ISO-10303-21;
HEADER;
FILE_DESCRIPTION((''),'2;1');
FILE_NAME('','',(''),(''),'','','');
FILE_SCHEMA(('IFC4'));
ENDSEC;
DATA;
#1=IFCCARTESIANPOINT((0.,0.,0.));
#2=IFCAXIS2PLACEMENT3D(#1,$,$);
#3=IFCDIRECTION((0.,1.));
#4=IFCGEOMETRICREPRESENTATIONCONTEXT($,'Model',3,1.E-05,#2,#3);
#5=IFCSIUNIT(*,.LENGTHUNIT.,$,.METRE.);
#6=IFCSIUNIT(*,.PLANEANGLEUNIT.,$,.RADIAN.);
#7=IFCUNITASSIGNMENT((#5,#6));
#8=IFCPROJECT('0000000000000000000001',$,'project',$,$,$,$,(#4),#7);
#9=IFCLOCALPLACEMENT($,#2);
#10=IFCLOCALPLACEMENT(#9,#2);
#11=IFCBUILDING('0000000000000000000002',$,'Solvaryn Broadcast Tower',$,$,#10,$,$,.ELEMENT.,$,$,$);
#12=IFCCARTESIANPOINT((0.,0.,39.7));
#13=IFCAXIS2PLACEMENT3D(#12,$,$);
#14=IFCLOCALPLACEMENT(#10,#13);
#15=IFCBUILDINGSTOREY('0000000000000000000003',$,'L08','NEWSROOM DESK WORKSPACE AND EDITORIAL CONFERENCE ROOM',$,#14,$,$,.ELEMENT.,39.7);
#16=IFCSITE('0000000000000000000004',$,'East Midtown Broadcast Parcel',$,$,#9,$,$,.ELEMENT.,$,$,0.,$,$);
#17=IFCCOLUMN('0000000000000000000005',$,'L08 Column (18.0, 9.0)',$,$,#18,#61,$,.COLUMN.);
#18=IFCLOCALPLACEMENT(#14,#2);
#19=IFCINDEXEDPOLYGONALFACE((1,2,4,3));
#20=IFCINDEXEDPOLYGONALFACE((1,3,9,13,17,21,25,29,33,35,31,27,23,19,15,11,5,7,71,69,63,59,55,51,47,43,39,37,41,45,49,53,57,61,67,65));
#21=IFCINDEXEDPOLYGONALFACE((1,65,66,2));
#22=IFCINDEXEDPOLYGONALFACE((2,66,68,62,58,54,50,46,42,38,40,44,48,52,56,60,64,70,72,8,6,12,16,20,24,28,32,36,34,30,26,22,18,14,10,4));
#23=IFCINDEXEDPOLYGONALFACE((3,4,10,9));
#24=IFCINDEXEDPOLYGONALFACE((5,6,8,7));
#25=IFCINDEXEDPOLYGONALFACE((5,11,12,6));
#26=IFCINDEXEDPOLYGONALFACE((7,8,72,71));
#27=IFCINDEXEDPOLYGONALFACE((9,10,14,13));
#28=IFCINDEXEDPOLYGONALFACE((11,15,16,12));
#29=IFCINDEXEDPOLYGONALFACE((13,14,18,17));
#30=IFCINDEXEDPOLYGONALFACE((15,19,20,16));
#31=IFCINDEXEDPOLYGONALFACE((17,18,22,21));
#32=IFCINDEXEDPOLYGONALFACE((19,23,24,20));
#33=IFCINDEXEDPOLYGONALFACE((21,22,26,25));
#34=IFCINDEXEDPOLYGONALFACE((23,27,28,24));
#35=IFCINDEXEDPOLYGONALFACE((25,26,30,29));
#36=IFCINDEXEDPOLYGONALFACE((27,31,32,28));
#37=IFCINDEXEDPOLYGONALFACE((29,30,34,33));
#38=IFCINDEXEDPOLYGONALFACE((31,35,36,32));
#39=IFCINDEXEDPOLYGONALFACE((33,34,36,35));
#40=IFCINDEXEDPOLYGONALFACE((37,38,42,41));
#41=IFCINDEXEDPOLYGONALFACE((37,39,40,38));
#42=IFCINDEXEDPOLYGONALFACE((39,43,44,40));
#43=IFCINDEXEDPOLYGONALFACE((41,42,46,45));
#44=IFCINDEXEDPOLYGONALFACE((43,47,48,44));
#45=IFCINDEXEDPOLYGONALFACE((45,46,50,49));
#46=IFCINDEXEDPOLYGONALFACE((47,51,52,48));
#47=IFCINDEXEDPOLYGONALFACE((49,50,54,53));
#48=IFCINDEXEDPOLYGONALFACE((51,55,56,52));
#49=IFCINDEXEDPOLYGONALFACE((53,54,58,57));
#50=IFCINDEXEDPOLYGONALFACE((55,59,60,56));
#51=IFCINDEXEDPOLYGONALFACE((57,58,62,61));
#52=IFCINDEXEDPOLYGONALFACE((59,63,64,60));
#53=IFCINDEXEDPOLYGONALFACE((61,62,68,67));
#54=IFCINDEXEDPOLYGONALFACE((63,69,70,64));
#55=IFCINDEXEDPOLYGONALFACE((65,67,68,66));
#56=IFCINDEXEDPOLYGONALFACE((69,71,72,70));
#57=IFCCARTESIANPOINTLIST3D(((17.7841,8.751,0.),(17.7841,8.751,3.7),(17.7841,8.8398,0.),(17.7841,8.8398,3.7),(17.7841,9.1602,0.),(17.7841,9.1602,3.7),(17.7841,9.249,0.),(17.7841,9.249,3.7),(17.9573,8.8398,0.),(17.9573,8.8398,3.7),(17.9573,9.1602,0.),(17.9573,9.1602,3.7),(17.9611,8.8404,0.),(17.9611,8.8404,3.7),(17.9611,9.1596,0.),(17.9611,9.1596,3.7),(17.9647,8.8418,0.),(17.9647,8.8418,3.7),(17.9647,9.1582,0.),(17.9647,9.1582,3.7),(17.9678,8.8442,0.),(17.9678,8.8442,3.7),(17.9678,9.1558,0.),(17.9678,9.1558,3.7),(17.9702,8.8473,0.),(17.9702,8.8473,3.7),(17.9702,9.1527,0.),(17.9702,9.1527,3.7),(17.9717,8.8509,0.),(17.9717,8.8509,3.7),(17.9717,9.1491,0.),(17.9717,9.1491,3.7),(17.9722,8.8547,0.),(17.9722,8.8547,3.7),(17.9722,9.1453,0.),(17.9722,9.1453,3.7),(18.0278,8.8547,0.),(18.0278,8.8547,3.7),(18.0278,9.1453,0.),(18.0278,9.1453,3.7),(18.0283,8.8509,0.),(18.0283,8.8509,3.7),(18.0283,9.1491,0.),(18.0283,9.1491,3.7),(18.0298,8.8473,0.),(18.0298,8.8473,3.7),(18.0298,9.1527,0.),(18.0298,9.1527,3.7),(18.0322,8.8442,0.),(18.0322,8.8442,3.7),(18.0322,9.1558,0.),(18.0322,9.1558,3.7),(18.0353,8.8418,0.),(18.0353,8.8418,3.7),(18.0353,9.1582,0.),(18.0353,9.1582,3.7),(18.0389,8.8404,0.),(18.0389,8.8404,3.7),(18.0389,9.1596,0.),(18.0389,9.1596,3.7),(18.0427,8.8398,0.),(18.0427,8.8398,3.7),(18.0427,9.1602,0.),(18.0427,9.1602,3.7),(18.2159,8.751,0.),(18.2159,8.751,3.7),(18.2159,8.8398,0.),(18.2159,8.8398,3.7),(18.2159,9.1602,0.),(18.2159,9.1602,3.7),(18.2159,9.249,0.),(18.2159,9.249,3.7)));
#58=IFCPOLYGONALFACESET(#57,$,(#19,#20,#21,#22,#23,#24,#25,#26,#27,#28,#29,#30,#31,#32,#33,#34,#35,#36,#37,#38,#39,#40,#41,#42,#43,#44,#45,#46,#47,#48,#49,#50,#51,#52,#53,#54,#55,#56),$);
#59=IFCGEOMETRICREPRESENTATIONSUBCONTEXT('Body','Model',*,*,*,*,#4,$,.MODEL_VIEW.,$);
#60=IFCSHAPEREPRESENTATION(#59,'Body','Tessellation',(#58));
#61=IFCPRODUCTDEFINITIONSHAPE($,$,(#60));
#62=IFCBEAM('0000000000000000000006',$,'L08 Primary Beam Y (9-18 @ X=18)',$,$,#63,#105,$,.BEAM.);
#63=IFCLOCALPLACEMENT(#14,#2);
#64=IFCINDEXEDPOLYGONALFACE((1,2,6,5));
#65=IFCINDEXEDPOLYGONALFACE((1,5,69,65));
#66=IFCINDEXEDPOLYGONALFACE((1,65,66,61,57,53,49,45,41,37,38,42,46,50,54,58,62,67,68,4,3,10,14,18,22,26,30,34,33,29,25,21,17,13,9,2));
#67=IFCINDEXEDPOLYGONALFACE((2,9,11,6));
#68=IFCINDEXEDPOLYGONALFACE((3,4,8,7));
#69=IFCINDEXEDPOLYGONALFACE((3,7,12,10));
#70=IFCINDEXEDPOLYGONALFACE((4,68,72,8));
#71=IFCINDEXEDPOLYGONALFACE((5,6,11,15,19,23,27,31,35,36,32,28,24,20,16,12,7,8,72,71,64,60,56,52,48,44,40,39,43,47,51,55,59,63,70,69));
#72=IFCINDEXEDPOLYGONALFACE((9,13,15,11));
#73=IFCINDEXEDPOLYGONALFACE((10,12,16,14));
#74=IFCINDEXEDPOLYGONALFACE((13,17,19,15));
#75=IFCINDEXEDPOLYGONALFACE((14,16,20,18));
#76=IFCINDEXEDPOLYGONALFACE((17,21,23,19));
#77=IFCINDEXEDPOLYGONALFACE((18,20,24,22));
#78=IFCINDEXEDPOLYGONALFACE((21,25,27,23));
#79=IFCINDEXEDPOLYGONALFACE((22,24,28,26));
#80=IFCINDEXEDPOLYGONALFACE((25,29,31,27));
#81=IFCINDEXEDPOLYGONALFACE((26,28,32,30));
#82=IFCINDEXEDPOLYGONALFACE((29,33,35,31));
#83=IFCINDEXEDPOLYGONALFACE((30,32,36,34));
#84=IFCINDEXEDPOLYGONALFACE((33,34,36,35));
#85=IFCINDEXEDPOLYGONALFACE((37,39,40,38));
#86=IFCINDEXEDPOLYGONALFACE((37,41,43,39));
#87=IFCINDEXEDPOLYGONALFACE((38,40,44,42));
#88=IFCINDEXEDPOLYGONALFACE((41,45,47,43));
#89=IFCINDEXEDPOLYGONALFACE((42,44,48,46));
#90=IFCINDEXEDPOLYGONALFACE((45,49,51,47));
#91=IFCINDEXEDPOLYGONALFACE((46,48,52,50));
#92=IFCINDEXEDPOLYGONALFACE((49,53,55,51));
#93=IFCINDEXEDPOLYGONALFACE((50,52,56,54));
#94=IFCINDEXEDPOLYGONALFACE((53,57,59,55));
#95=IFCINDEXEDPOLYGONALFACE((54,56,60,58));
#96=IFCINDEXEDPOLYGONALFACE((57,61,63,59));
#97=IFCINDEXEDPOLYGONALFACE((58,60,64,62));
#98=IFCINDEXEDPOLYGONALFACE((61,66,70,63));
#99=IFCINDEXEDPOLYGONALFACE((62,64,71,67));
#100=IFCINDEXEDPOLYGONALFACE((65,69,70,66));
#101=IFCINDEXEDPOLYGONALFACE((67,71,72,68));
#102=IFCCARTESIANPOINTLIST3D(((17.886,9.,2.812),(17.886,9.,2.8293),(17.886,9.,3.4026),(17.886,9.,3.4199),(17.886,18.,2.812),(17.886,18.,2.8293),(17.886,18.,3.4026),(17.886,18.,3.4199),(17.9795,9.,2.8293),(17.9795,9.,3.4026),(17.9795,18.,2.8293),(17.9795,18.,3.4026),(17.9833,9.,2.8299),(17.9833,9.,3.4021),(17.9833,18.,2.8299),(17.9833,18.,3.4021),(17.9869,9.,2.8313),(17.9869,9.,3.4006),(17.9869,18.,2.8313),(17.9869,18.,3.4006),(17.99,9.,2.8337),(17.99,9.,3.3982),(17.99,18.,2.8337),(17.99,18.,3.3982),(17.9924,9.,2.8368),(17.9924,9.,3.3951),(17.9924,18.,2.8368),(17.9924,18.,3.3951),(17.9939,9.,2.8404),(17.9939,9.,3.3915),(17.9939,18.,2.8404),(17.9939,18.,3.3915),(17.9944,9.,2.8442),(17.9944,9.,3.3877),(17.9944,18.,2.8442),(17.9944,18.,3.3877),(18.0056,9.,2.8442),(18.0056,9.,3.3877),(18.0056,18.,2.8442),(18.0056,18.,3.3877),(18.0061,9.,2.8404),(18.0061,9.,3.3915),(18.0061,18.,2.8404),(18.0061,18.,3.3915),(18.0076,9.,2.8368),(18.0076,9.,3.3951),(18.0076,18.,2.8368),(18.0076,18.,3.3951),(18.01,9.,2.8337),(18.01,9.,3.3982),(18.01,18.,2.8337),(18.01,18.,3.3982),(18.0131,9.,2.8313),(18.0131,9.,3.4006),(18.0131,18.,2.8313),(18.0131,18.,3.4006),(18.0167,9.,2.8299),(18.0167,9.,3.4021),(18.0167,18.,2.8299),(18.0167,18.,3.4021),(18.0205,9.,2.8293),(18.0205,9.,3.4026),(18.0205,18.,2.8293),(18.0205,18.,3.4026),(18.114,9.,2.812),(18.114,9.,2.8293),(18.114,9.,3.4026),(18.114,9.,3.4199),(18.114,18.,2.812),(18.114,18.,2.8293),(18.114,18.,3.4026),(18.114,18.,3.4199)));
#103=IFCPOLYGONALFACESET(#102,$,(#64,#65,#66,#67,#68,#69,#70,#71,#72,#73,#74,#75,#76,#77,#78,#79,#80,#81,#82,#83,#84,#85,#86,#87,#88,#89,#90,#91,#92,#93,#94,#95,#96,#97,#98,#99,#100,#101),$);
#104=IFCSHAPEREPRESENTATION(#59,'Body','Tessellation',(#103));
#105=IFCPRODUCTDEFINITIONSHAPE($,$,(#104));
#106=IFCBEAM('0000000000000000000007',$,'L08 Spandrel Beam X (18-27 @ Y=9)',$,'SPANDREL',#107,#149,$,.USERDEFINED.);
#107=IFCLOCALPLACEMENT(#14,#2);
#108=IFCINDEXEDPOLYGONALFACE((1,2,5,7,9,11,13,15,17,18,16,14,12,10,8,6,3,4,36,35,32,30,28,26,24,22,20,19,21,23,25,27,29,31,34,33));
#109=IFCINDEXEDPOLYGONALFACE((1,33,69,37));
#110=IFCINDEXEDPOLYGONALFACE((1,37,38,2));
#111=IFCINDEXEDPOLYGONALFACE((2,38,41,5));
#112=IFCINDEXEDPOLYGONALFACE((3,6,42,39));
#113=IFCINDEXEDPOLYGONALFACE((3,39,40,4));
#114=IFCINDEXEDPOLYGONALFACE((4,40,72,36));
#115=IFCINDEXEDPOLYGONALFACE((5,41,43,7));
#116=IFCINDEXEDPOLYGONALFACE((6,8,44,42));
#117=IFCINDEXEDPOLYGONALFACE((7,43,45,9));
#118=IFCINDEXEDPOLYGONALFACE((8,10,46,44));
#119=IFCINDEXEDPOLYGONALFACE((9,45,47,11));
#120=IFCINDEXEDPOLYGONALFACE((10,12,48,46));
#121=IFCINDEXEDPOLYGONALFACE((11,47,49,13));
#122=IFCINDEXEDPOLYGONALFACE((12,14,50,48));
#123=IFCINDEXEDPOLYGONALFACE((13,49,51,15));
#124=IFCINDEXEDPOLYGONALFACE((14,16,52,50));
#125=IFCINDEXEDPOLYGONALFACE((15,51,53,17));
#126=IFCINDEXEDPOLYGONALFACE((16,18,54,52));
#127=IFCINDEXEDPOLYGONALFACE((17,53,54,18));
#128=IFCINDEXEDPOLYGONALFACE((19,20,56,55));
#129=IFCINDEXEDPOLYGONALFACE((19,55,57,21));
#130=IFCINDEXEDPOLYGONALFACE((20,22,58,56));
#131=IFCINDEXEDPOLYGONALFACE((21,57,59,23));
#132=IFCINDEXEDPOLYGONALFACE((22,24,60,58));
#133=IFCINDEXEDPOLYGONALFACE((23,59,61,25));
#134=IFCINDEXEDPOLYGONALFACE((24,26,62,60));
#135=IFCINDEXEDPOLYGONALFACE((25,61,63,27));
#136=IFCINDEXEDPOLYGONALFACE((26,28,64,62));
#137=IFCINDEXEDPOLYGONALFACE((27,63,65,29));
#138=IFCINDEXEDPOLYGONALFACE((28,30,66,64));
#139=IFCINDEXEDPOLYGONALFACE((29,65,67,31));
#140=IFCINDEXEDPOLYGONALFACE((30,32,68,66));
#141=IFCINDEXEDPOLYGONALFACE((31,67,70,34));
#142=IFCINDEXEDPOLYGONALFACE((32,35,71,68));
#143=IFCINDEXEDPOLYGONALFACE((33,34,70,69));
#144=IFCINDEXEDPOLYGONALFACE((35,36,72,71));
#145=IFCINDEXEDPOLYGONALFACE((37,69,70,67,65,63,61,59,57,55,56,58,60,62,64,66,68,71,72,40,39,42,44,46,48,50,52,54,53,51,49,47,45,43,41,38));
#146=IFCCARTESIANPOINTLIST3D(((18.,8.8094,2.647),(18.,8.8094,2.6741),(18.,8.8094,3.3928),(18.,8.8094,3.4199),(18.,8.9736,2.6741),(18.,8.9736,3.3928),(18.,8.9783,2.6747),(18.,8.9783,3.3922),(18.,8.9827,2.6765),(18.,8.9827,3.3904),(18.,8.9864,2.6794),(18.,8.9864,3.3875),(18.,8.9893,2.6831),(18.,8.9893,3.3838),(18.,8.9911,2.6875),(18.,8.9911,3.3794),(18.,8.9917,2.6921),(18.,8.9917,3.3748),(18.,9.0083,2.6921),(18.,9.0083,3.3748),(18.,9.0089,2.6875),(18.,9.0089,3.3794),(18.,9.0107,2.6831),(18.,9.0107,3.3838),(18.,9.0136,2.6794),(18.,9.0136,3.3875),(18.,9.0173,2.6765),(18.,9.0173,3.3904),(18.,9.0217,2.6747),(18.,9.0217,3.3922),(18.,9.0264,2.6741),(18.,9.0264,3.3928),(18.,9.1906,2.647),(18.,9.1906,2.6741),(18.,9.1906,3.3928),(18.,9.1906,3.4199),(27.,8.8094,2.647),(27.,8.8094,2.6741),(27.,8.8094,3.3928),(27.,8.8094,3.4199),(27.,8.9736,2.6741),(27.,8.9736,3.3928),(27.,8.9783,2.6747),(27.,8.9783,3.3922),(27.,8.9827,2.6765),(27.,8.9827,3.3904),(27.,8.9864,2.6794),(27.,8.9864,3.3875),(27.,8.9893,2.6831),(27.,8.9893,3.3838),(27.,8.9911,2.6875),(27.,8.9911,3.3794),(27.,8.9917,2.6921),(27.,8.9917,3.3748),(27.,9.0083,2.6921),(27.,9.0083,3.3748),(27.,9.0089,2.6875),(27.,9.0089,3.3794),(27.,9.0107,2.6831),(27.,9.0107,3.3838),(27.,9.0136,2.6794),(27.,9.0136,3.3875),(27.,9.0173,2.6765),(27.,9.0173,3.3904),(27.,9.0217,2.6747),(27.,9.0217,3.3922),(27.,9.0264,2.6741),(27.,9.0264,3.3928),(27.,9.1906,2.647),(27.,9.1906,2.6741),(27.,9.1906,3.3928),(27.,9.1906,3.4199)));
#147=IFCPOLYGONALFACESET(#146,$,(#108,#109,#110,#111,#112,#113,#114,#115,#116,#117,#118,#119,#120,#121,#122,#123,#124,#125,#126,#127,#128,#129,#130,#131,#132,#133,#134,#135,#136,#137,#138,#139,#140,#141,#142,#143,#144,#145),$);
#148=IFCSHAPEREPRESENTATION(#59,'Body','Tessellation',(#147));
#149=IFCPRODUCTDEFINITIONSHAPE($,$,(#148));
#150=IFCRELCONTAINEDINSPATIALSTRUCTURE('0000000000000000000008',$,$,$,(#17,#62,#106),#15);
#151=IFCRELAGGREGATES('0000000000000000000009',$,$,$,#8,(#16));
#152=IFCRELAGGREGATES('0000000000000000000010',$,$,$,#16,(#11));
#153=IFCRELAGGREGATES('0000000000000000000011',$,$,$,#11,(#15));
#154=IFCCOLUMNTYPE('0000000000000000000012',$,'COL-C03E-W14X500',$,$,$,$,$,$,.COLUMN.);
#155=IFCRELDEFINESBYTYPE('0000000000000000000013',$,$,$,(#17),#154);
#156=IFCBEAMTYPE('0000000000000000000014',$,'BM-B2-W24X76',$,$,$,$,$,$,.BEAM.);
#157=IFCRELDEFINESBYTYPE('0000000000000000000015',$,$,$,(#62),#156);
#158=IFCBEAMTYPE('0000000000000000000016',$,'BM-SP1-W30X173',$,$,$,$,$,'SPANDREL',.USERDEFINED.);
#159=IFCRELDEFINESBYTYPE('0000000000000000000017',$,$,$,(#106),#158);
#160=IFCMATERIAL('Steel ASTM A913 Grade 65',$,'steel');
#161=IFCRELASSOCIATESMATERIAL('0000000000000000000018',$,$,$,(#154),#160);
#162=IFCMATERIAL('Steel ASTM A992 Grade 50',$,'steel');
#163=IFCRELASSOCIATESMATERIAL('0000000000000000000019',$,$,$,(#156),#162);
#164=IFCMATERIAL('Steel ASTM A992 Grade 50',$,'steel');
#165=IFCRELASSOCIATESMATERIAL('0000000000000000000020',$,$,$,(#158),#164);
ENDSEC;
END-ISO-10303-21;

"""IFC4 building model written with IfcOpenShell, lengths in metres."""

from ifc_helpers import new_model, si_unit, direction, frame, origin, origin_2d, place, context, subcontext, project, spatial, i_section, extrude, material, material_profile, profile_set, type_object, element, save


model = new_model("IFC4")

# Units and contexts
model_context = context("Model", 3, precision=1e-05, world=origin(), true_north=direction((0.0, 1.0)))
body_context = subcontext(model_context, "Body", "Model", "MODEL_VIEW")
ifc_project = project(units=[si_unit("LENGTHUNIT", "METRE"), si_unit("PLANEANGLEUNIT", "RADIAN")], contexts=[model_context])

# Site, building, storey
site_placement = place(None, origin())
site = spatial("IfcSite", under=ifc_project, at=site_placement, Name="East Midtown Broadcast Parcel", CompositionType="ELEMENT", RefElevation=0.0)
building_placement = place(site_placement, origin())
building = spatial("IfcBuilding", under=site, at=building_placement, Name="Solvaryn Broadcast Tower", CompositionType="ELEMENT")
storey_placement = place(building_placement, frame((0.0, 0.0, 39.7)))
storey = spatial("IfcBuildingStorey", under=building, at=storey_placement, Name="L08", Description="NEWSROOM DESK WORKSPACE AND EDITORIAL CONFERENCE ROOM", CompositionType="ELEMENT", Elevation=39.7)

# Column
ifc_material_1 = material(Name="Steel ASTM A913 Grade 65", Category="steel")
ifc_material_profile_1 = material_profile(ifc_material_1, i_section(OverallWidth=0.4319, OverallDepth=0.498, WebThickness=0.0557, FlangeThickness=0.0889, FilletRadius=0.0149, at=origin_2d()))
ifc_profile_set_1 = profile_set([ifc_material_profile_1], Name="Steel ASTM A913 Grade 65")
column_type = type_object("IfcColumnType", Name="COL-C03E-W14X500", PredefinedType="COLUMN", material=ifc_profile_set_1)
column_placement = place(storey_placement, frame((18.0, 9.0, 0.0), z_axis=(0.0, 0.0, 1.0), x_axis=(1.0, 0.0, 0.0)))
element("IfcColumn", 1, at=column_placement, inside=storey, type_object=column_type, Name="L08 Column (18.0, 9.0)", PredefinedType="COLUMN", context=body_context, shape_type="SweptSolid", body=[
    extrude(i_section(OverallWidth=0.4319, OverallDepth=0.498, WebThickness=0.0557, FlangeThickness=0.0889, FilletRadius=0.0149, at=origin_2d()), origin(), (0.0, 0.0, 1.0), 3.7),
])

# Beams
ifc_material_2 = material(Name="Steel ASTM A992 Grade 50", Category="steel")
ifc_material_profile_2 = material_profile(ifc_material_2, i_section(OverallWidth=0.228, OverallDepth=0.6079, WebThickness=0.0112, FlangeThickness=0.0173, FilletRadius=0.0149, at=origin_2d()))
ifc_profile_set_2 = profile_set([ifc_material_profile_2], Name="Steel ASTM A992 Grade 50")
beam_type_1 = type_object("IfcBeamType", Name="BM-B2-W24X76", PredefinedType="BEAM", material=ifc_profile_set_2)
beam_1_placement = place(storey_placement, frame((18.0, 9.0, 3.116), z_axis=(0.0, 1.0, 0.0), x_axis=(-1.0, 0.0, 0.0)))
element("IfcBeam", 2, at=beam_1_placement, inside=storey, type_object=beam_type_1, Name="L08 Primary Beam Y (9-18 @ X=18)", PredefinedType="BEAM", context=body_context, shape_type="SweptSolid", body=[
    extrude(i_section(OverallWidth=0.228, OverallDepth=0.6079, WebThickness=0.0112, FlangeThickness=0.0173, FilletRadius=0.0149, at=origin_2d()), origin(), (0.0, 0.0, 1.0), 9.0),
])
ifc_material_3 = material(Name="Steel ASTM A992 Grade 50", Category="steel")
ifc_material_profile_3 = material_profile(ifc_material_3, i_section(OverallWidth=0.3811, OverallDepth=0.7729, WebThickness=0.0166, FlangeThickness=0.0271, FilletRadius=0.0181, at=origin_2d()))
ifc_profile_set_3 = profile_set([ifc_material_profile_3], Name="Steel ASTM A992 Grade 50")
beam_type_2 = type_object("IfcBeamType", Name="BM-SP1-W30X173", ElementType="SPANDREL", PredefinedType="USERDEFINED", material=ifc_profile_set_3)
beam_2_placement = place(storey_placement, frame((18.0, 9.0, 3.0334), z_axis=(1.0, 0.0, 0.0), x_axis=(0.0, 1.0, 0.0)))
element("IfcBeam", 3, at=beam_2_placement, inside=storey, type_object=beam_type_2, Name="L08 Spandrel Beam X (18-27 @ Y=9)", ObjectType="SPANDREL", PredefinedType="USERDEFINED", context=body_context, shape_type="SweptSolid", body=[
    extrude(i_section(OverallWidth=0.3811, OverallDepth=0.7729, WebThickness=0.0166, FlangeThickness=0.0271, FilletRadius=0.0181, at=origin_2d()), origin(), (0.0, 0.0, 1.0), 9.0),
])

save(model, "model.ifc")
